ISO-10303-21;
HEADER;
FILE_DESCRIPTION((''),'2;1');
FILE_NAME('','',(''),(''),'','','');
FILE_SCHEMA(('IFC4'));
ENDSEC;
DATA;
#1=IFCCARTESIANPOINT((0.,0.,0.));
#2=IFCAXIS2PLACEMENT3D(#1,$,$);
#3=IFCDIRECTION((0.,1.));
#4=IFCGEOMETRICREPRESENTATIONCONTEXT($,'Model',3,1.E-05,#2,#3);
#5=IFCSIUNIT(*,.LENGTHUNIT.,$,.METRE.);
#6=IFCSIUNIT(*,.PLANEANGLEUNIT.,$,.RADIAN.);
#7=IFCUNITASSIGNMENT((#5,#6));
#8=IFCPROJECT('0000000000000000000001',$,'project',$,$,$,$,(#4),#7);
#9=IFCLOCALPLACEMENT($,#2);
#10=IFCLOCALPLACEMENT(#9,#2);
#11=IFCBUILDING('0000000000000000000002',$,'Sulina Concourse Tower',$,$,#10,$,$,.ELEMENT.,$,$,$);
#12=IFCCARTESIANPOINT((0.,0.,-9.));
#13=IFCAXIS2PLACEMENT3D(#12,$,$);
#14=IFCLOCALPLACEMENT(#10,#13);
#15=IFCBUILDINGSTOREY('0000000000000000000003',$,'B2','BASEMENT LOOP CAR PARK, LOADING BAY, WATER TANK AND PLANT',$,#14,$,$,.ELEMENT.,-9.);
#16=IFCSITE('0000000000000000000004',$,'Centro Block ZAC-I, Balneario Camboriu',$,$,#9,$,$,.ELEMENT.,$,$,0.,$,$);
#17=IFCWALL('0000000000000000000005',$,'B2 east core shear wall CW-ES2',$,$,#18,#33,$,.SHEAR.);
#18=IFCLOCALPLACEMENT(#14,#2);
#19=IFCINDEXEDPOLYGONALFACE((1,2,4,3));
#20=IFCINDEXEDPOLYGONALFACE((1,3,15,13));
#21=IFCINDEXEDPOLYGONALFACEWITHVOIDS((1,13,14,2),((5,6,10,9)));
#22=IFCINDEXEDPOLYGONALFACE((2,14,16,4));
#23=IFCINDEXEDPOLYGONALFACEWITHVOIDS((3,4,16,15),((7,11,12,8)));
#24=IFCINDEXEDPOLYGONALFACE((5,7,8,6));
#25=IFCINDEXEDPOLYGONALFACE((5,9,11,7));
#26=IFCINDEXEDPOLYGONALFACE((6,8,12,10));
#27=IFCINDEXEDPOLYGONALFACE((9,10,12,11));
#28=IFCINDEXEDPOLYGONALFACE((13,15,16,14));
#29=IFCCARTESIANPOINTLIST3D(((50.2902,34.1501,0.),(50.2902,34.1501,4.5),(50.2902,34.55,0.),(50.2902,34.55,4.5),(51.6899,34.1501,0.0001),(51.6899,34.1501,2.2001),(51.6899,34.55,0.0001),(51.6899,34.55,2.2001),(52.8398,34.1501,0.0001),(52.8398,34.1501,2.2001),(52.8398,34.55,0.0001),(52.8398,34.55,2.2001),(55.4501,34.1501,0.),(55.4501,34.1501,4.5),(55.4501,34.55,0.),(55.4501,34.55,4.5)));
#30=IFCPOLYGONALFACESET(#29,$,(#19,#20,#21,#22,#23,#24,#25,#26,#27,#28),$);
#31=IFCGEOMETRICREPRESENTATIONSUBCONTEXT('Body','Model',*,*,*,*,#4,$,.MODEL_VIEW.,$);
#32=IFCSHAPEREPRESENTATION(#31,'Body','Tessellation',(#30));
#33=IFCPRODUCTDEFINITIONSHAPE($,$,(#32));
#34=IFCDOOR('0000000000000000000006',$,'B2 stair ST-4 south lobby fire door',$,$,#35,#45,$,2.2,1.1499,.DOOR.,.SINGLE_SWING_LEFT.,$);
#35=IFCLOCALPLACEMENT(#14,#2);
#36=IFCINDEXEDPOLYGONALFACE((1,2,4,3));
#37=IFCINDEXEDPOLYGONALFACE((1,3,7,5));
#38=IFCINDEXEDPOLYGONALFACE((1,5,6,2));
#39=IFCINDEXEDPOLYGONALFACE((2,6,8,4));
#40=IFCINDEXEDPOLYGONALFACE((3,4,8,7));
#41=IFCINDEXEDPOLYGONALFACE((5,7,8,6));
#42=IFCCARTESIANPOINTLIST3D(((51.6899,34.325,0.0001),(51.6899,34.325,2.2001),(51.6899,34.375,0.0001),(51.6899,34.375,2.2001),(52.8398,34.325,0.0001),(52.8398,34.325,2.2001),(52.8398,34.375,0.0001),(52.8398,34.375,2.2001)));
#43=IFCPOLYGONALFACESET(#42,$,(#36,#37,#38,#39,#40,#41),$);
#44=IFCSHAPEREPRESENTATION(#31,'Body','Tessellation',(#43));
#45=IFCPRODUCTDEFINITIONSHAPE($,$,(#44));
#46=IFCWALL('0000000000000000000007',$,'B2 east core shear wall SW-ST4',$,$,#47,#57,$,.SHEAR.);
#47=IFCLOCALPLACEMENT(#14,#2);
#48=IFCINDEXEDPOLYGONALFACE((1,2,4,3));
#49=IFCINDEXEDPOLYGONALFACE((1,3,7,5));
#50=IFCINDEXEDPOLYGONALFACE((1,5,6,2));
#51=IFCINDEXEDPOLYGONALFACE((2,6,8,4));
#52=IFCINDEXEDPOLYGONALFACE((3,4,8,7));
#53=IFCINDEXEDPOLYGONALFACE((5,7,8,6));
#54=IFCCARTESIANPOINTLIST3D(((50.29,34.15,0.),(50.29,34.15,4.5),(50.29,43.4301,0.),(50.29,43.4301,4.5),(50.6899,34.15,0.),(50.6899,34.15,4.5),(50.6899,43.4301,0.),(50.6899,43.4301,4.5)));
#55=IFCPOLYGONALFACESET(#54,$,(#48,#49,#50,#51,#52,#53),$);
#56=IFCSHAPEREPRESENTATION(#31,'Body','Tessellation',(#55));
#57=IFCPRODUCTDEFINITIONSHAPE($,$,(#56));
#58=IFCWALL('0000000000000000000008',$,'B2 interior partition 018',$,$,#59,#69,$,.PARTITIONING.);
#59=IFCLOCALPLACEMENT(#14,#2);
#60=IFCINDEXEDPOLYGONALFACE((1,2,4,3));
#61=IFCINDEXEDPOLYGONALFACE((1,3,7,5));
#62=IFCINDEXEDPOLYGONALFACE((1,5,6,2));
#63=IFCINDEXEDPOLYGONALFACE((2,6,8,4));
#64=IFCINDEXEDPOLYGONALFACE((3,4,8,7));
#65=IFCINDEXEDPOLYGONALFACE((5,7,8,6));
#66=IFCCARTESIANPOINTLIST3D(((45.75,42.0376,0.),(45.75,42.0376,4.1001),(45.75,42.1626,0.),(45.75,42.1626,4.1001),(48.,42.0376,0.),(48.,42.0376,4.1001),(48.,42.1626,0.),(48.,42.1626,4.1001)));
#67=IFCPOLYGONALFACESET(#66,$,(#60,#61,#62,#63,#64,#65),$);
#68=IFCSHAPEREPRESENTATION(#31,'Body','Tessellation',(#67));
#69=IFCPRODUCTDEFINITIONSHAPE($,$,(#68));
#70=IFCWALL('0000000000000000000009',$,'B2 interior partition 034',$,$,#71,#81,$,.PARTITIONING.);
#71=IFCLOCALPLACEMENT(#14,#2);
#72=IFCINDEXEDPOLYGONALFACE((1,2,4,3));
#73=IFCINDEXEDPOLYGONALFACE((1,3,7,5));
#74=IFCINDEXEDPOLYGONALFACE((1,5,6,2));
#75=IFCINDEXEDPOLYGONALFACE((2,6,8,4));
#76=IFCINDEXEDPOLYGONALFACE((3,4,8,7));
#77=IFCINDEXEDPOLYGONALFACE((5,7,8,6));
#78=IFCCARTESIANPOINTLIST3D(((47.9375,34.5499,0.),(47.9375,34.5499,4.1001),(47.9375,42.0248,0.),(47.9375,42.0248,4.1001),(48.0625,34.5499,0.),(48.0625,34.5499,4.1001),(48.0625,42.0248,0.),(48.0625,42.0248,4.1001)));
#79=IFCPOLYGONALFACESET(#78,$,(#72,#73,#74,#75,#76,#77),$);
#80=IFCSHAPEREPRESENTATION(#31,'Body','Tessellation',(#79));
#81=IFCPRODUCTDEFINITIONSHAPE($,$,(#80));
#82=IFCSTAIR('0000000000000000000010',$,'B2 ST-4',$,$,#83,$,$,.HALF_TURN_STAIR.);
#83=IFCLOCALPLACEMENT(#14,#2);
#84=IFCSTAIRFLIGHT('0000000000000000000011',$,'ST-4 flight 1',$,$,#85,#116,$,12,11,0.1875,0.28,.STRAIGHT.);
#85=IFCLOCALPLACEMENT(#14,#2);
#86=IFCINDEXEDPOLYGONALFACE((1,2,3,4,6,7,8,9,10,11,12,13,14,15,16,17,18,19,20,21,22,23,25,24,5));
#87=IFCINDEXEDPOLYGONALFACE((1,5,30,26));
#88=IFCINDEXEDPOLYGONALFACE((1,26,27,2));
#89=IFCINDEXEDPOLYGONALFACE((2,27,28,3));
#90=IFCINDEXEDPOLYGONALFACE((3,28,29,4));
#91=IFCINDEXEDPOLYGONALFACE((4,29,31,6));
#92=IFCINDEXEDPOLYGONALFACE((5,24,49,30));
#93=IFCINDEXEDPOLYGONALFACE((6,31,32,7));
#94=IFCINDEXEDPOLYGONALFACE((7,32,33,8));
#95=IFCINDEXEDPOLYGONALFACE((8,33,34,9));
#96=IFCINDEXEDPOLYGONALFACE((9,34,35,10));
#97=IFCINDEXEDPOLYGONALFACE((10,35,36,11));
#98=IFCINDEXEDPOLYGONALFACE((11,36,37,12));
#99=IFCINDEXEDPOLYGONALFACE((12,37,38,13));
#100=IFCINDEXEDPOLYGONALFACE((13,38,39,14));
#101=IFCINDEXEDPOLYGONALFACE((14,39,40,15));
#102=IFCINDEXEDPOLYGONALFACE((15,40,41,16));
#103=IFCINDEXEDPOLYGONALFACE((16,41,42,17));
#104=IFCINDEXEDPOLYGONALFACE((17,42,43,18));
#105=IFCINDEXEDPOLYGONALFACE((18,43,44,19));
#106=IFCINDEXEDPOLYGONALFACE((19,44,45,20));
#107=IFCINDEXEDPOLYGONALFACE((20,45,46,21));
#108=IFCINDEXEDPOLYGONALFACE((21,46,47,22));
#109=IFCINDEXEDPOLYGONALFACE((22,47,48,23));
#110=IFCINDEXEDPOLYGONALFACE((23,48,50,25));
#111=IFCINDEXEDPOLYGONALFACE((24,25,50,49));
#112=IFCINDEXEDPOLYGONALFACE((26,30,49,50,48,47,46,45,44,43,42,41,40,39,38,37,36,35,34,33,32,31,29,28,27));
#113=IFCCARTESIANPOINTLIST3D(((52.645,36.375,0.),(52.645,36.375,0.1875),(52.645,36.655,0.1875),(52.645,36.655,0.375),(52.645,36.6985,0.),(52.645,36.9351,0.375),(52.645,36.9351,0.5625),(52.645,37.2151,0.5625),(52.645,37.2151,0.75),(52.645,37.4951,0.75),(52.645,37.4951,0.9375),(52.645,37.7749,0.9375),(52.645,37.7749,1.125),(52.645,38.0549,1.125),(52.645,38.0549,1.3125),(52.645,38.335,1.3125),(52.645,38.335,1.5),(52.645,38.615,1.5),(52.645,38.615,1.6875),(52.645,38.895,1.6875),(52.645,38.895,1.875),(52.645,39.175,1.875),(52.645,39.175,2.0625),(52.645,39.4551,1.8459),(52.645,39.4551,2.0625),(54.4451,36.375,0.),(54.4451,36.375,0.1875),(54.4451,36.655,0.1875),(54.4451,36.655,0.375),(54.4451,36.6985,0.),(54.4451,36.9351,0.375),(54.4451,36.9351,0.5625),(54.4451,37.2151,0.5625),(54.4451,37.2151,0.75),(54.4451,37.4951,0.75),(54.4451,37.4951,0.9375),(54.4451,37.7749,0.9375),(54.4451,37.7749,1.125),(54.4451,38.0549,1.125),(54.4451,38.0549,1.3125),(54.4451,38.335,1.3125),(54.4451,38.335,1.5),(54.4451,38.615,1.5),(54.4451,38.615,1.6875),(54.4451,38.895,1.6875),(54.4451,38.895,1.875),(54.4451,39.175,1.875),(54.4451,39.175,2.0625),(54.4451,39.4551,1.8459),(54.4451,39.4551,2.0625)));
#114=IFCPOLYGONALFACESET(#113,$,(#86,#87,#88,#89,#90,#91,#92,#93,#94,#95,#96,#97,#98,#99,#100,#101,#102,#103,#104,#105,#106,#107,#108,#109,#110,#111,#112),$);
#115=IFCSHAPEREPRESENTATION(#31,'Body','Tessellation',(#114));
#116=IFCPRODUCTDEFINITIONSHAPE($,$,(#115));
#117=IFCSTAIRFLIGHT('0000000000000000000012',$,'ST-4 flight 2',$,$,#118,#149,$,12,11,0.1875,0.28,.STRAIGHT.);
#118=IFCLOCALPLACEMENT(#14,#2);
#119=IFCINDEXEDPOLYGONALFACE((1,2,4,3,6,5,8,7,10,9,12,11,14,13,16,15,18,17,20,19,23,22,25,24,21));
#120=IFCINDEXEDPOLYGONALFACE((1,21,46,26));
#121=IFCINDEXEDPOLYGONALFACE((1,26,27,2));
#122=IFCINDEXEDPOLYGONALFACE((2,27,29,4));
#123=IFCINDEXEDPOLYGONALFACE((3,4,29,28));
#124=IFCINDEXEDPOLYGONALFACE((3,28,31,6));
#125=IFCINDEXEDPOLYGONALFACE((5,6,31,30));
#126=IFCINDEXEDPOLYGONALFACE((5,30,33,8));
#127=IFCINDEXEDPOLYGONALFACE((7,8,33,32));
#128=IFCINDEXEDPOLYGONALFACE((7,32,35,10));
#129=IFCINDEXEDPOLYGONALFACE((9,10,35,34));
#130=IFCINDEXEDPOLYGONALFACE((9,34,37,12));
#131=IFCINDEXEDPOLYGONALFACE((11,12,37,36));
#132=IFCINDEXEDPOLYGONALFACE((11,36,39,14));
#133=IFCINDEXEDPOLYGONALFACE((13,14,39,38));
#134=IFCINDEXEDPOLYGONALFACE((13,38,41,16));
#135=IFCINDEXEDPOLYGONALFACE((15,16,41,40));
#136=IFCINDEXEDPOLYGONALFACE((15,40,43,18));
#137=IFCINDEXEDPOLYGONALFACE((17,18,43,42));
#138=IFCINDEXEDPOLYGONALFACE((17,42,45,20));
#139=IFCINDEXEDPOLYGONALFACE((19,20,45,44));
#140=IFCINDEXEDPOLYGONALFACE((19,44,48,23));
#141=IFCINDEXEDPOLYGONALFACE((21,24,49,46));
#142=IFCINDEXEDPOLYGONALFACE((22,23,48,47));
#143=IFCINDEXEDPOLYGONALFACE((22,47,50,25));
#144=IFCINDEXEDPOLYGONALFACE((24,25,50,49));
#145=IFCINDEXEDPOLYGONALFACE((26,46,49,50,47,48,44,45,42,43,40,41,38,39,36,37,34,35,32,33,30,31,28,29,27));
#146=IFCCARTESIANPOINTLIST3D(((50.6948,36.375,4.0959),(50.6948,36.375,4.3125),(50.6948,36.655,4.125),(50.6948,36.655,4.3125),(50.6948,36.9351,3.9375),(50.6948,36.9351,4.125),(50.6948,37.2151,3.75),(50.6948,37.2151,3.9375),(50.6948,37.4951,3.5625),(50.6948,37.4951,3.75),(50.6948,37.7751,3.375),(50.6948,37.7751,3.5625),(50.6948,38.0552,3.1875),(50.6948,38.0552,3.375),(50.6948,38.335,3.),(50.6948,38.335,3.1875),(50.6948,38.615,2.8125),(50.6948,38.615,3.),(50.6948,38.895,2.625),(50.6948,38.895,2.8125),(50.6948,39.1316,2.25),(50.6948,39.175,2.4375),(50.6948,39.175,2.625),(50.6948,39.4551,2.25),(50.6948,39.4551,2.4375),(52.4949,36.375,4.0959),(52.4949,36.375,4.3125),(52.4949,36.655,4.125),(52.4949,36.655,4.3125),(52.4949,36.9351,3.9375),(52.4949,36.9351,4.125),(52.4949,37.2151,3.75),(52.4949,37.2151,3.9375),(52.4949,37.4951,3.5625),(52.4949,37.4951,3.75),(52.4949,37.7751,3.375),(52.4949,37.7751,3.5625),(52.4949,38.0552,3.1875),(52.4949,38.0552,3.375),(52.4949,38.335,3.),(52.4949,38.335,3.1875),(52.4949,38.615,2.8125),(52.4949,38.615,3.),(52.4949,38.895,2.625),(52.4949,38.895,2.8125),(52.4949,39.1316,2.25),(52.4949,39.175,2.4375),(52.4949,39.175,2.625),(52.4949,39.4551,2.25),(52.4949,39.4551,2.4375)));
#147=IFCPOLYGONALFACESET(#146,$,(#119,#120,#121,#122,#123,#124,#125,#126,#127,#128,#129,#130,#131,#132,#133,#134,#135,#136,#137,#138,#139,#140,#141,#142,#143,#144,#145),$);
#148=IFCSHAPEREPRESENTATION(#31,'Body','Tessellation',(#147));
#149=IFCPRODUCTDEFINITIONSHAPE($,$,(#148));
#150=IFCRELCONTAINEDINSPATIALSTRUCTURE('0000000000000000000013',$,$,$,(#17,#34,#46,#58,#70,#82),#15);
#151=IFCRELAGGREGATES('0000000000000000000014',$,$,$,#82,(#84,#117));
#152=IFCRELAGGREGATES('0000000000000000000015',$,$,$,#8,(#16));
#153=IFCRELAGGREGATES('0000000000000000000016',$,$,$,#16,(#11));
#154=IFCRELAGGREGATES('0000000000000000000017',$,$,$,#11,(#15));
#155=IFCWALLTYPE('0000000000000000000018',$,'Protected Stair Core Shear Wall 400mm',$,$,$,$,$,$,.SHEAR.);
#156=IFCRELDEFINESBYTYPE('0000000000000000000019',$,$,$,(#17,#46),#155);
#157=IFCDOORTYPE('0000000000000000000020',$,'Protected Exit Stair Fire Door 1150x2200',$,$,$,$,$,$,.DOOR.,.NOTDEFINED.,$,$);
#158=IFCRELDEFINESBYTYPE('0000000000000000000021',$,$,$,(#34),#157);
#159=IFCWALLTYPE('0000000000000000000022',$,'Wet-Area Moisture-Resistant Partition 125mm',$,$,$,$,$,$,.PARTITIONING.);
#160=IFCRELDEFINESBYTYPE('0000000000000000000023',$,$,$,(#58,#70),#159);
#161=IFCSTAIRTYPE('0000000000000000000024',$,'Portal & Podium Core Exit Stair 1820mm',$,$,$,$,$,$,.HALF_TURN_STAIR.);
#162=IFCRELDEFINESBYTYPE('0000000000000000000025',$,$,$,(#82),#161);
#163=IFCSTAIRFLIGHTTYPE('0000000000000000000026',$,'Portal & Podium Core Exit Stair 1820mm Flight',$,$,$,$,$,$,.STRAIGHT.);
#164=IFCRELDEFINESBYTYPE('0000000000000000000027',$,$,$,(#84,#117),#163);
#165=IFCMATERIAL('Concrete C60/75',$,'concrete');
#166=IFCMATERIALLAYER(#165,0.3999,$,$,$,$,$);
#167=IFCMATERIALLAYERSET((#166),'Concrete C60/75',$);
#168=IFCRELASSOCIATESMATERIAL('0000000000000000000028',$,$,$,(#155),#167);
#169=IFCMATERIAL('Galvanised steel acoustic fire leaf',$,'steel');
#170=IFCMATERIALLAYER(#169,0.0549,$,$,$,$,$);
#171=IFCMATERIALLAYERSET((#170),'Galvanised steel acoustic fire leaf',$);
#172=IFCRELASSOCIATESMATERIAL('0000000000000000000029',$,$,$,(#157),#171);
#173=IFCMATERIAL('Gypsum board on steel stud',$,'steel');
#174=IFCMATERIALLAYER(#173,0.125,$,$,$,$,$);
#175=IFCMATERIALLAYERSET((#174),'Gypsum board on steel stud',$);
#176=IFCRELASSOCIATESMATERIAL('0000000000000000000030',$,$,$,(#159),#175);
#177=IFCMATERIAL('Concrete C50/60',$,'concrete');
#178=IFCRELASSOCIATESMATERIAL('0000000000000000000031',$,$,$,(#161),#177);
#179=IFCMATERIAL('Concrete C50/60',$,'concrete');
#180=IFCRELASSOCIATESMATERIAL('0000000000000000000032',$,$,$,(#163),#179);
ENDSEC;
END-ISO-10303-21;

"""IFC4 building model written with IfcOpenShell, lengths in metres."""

from ifc_helpers import new_model, si_unit, direction, frame, frame_2d, origin, place, context, subcontext, project, spatial, polyline, rectangle, outline, extrude, material, layer, layer_set, type_object, element, fill, aggregate, save


model = new_model("IFC4")

# Units and contexts
model_context = context("Model", 3, precision=1e-05, world=origin(), true_north=direction((0.0, 1.0)))
body_context = subcontext(model_context, "Body", "Model", "MODEL_VIEW")
ifc_project = project(units=[si_unit("LENGTHUNIT", "METRE"), si_unit("PLANEANGLEUNIT", "RADIAN")], contexts=[model_context])

# Site, building, storey
site_placement = place(None, origin())
site = spatial("IfcSite", under=ifc_project, at=site_placement, Name="Centro Block ZAC-I, Balneario Camboriu", CompositionType="ELEMENT", RefElevation=0.0)
building_placement = place(site_placement, origin())
building = spatial("IfcBuilding", under=site, at=building_placement, Name="Sulina Concourse Tower", CompositionType="ELEMENT")
storey_placement = place(building_placement, frame((0.0, 0.0, -9.0)))
storey = spatial("IfcBuildingStorey", under=building, at=storey_placement, Name="B2", Description="BASEMENT LOOP CAR PARK, LOADING BAY, WATER TANK AND PLANT", CompositionType="ELEMENT", Elevation=-9.0)

# Shared definitions
ifc_material_1 = material(Name="Concrete C60/75", Category="concrete")
ifc_layer_1 = layer(ifc_material_1, 0.3999)
ifc_layer_set_1 = layer_set([ifc_layer_1], Name="Concrete C60/75")
wall_type_1 = type_object("IfcWallType", Name="Protected Stair Core Shear Wall 400mm", PredefinedType="SHEAR", material=ifc_layer_set_1)

# Wall, opening, door
wall_1_placement = place(storey_placement, frame((50.29, 34.3501, 0.0), z_axis=(0.0, 0.0, 1.0), x_axis=(1.0, 0.0, 0.0)))
wall_1 = element("IfcWall", 1, at=wall_1_placement, inside=storey, type_object=wall_type_1, Name="B2 east core shear wall CW-ES2", PredefinedType="SHEAR", context=body_context, shape_type="SweptSolid", body=[
    extrude(rectangle(XDim=5.1599, YDim=0.3999, at=frame_2d((2.5801, 0.0))), origin(), (0.0, 0.0, 1.0), 4.5),
])
opening_1_placement = place(wall_1_placement, frame((1.3999, 0.0, 0.0)))
opening_1 = element("IfcOpeningElement", 2, at=opening_1_placement, cuts=wall_1, PredefinedType="OPENING", context=body_context, shape_type="SweptSolid", body=[
    extrude(rectangle(XDim=1.1499, YDim=2.2, at=frame_2d((0.575, 1.1001))), frame((0.0, 0.21, 0.0), z_axis=(0.0, -1.0, 0.0), x_axis=(1.0, 0.0, 0.0)), (0.0, 0.0, 1.0), 0.4199),
])
ifc_material_2 = material(Name="Galvanised steel acoustic fire leaf", Category="steel")
ifc_layer_2 = layer(ifc_material_2, 0.0549)
ifc_layer_set_2 = layer_set([ifc_layer_2], Name="Galvanised steel acoustic fire leaf")
door_type_1 = type_object("IfcDoorType", Name="Protected Exit Stair Fire Door 1150x2200", OperationType="NOTDEFINED", PredefinedType="DOOR", material=ifc_layer_set_2)
door_1_placement = place(opening_1_placement, origin())
door_1 = element("IfcDoor", 3, at=door_1_placement, inside=storey, type_object=door_type_1, Name="B2 stair ST-4 south lobby fire door", OperationType="SINGLE_SWING_LEFT", OverallHeight=2.2, OverallWidth=1.1499, PredefinedType="DOOR", context=body_context, shape_type="SweptSolid", body=[
    extrude(rectangle(XDim=1.1499, YDim=2.2, at=frame_2d((0.575, 1.1001))), frame((0.0, 0.0249, 0.0), z_axis=(0.0, -1.0, 0.0), x_axis=(1.0, 0.0, 0.0)), (0.0, 0.0, 1.0), 0.05),
])
fill(opening_1, door_1)

# Walls
wall_2_placement = place(storey_placement, frame((50.49, 34.1499, 0.0), z_axis=(0.0, 0.0, 1.0), x_axis=(0.0, 1.0, 0.0)))
element("IfcWall", 4, at=wall_2_placement, inside=storey, type_object=wall_type_1, Name="B2 east core shear wall SW-ST4", PredefinedType="SHEAR", context=body_context, shape_type="SweptSolid", body=[
    extrude(rectangle(XDim=9.28, YDim=0.3999, at=frame_2d((4.6401, 0.0))), origin(), (0.0, 0.0, 1.0), 4.5),
])
ifc_material_3 = material(Name="Gypsum board on steel stud", Category="steel")
ifc_layer_3 = layer(ifc_material_3, 0.125)
ifc_layer_set_3 = layer_set([ifc_layer_3], Name="Gypsum board on steel stud")
wall_type_2 = type_object("IfcWallType", Name="Wet-Area Moisture-Resistant Partition 125mm", PredefinedType="PARTITIONING", material=ifc_layer_set_3)
wall_3_placement = place(storey_placement, frame((45.75, 42.1001, 0.0), z_axis=(0.0, 0.0, 1.0), x_axis=(1.0, 0.0, 0.0)))
element("IfcWall", 5, at=wall_3_placement, inside=storey, type_object=wall_type_2, Name="B2 interior partition 018", PredefinedType="PARTITIONING", context=body_context, shape_type="SweptSolid", body=[
    extrude(rectangle(XDim=2.25, YDim=0.125, at=frame_2d((1.125, 0.0))), origin(), (0.0, 0.0, 1.0), 4.1001),
])
wall_4_placement = place(storey_placement, frame((48.0, 34.55, 0.0), z_axis=(0.0, 0.0, 1.0), x_axis=(0.0, 1.0, 0.0)))
element("IfcWall", 6, at=wall_4_placement, inside=storey, type_object=wall_type_2, Name="B2 interior partition 034", PredefinedType="PARTITIONING", context=body_context, shape_type="SweptSolid", body=[
    extrude(rectangle(XDim=7.4749, YDim=0.125, at=frame_2d((3.7373, 0.0))), origin(), (0.0, 0.0, 1.0), 4.1001),
])

# Stair, stair flights
ifc_material_4 = material(Name="Concrete C50/60", Category="concrete")
stair_type = type_object("IfcStairType", Name="Portal & Podium Core Exit Stair 1820mm", PredefinedType="HALF_TURN_STAIR", material=ifc_material_4)
stair_placement = place(storey_placement, origin())
stair = element("IfcStair", 7, at=stair_placement, inside=storey, type_object=stair_type, Name="B2 ST-4", PredefinedType="HALF_TURN_STAIR")
ifc_material_5 = material(Name="Concrete C50/60", Category="concrete")
stair_flight_type = type_object("IfcStairFlightType", Name="Portal & Podium Core Exit Stair 1820mm Flight", PredefinedType="STRAIGHT", material=ifc_material_5)
stair_flight_1_placement = place(storey_placement, frame((53.5449, 36.375, 0.0), z_axis=(0.0, 0.0, 1.0), x_axis=(0.0, 1.0, 0.0)))
stair_flight_1 = element("IfcStairFlight", 8, at=stair_flight_1_placement, type_object=stair_flight_type, Name="ST-4 flight 1", NumberOfRisers=12, NumberOfTreads=11, PredefinedType="STRAIGHT", RiserHeight=0.1875, TreadLength=0.28, context=body_context, shape_type="SweptSolid", body=[
    extrude(outline(polyline([(0.0, 0.0), (0.0, 0.1875), (0.28, 0.1875), (0.28, 0.375), (0.5601, 0.375), (0.5601, 0.5625), (0.8401, 0.5625), (0.8401, 0.75), (1.1201, 0.75), (1.1201, 0.9375), (1.3999, 0.9375), (1.3999, 1.125), (1.6799, 1.125), (1.6799, 1.3125), (1.96, 1.3125), (1.96, 1.5), (2.24, 1.5), (2.24, 1.6875), (2.52, 1.6875), (2.52, 1.875), (2.8, 1.875), (2.8, 2.0625), (3.0801, 2.0625), (3.0801, 2.25), (3.0801, 1.8459), (0.3235, 0.0), (0.0, 0.0)])), frame((0.0, 0.8999, 0.0), z_axis=(0.0, -1.0, 0.0), x_axis=(1.0, 0.0, 0.0)), (0.0, 0.0, 1.0), 1.8),
])
stair_flight_2_placement = place(storey_placement, frame((51.595, 39.4551, 2.25), z_axis=(0.0, 0.0, 1.0), x_axis=(0.0, -1.0, 0.0)))
stair_flight_2 = element("IfcStairFlight", 9, at=stair_flight_2_placement, type_object=stair_flight_type, Name="ST-4 flight 2", NumberOfRisers=12, NumberOfTreads=11, PredefinedType="STRAIGHT", RiserHeight=0.1875, TreadLength=0.28, context=body_context, shape_type="SweptSolid", body=[
    extrude(outline(polyline([(0.0, 0.0), (0.0, 0.1875), (0.28, 0.1875), (0.28, 0.375), (0.5601, 0.375), (0.5601, 0.5625), (0.8401, 0.5625), (0.8401, 0.75), (1.1201, 0.75), (1.1201, 0.9375), (1.3999, 0.9375), (1.3999, 1.125), (1.6799, 1.125), (1.6799, 1.3125), (1.96, 1.3125), (1.96, 1.5), (2.24, 1.5), (2.24, 1.6875), (2.52, 1.6875), (2.52, 1.875), (2.8, 1.875), (2.8, 2.0625), (3.0801, 2.0625), (3.0801, 2.25), (3.0801, 1.8459), (0.3235, 0.0), (0.0, 0.0)])), frame((0.0, 0.8999, 0.0), z_axis=(0.0, -1.0, 0.0), x_axis=(1.0, 0.0, 0.0)), (0.0, 0.0, 1.0), 1.8),
])
aggregate(stair, [stair_flight_1, stair_flight_2])

save(model, "model.ifc")
